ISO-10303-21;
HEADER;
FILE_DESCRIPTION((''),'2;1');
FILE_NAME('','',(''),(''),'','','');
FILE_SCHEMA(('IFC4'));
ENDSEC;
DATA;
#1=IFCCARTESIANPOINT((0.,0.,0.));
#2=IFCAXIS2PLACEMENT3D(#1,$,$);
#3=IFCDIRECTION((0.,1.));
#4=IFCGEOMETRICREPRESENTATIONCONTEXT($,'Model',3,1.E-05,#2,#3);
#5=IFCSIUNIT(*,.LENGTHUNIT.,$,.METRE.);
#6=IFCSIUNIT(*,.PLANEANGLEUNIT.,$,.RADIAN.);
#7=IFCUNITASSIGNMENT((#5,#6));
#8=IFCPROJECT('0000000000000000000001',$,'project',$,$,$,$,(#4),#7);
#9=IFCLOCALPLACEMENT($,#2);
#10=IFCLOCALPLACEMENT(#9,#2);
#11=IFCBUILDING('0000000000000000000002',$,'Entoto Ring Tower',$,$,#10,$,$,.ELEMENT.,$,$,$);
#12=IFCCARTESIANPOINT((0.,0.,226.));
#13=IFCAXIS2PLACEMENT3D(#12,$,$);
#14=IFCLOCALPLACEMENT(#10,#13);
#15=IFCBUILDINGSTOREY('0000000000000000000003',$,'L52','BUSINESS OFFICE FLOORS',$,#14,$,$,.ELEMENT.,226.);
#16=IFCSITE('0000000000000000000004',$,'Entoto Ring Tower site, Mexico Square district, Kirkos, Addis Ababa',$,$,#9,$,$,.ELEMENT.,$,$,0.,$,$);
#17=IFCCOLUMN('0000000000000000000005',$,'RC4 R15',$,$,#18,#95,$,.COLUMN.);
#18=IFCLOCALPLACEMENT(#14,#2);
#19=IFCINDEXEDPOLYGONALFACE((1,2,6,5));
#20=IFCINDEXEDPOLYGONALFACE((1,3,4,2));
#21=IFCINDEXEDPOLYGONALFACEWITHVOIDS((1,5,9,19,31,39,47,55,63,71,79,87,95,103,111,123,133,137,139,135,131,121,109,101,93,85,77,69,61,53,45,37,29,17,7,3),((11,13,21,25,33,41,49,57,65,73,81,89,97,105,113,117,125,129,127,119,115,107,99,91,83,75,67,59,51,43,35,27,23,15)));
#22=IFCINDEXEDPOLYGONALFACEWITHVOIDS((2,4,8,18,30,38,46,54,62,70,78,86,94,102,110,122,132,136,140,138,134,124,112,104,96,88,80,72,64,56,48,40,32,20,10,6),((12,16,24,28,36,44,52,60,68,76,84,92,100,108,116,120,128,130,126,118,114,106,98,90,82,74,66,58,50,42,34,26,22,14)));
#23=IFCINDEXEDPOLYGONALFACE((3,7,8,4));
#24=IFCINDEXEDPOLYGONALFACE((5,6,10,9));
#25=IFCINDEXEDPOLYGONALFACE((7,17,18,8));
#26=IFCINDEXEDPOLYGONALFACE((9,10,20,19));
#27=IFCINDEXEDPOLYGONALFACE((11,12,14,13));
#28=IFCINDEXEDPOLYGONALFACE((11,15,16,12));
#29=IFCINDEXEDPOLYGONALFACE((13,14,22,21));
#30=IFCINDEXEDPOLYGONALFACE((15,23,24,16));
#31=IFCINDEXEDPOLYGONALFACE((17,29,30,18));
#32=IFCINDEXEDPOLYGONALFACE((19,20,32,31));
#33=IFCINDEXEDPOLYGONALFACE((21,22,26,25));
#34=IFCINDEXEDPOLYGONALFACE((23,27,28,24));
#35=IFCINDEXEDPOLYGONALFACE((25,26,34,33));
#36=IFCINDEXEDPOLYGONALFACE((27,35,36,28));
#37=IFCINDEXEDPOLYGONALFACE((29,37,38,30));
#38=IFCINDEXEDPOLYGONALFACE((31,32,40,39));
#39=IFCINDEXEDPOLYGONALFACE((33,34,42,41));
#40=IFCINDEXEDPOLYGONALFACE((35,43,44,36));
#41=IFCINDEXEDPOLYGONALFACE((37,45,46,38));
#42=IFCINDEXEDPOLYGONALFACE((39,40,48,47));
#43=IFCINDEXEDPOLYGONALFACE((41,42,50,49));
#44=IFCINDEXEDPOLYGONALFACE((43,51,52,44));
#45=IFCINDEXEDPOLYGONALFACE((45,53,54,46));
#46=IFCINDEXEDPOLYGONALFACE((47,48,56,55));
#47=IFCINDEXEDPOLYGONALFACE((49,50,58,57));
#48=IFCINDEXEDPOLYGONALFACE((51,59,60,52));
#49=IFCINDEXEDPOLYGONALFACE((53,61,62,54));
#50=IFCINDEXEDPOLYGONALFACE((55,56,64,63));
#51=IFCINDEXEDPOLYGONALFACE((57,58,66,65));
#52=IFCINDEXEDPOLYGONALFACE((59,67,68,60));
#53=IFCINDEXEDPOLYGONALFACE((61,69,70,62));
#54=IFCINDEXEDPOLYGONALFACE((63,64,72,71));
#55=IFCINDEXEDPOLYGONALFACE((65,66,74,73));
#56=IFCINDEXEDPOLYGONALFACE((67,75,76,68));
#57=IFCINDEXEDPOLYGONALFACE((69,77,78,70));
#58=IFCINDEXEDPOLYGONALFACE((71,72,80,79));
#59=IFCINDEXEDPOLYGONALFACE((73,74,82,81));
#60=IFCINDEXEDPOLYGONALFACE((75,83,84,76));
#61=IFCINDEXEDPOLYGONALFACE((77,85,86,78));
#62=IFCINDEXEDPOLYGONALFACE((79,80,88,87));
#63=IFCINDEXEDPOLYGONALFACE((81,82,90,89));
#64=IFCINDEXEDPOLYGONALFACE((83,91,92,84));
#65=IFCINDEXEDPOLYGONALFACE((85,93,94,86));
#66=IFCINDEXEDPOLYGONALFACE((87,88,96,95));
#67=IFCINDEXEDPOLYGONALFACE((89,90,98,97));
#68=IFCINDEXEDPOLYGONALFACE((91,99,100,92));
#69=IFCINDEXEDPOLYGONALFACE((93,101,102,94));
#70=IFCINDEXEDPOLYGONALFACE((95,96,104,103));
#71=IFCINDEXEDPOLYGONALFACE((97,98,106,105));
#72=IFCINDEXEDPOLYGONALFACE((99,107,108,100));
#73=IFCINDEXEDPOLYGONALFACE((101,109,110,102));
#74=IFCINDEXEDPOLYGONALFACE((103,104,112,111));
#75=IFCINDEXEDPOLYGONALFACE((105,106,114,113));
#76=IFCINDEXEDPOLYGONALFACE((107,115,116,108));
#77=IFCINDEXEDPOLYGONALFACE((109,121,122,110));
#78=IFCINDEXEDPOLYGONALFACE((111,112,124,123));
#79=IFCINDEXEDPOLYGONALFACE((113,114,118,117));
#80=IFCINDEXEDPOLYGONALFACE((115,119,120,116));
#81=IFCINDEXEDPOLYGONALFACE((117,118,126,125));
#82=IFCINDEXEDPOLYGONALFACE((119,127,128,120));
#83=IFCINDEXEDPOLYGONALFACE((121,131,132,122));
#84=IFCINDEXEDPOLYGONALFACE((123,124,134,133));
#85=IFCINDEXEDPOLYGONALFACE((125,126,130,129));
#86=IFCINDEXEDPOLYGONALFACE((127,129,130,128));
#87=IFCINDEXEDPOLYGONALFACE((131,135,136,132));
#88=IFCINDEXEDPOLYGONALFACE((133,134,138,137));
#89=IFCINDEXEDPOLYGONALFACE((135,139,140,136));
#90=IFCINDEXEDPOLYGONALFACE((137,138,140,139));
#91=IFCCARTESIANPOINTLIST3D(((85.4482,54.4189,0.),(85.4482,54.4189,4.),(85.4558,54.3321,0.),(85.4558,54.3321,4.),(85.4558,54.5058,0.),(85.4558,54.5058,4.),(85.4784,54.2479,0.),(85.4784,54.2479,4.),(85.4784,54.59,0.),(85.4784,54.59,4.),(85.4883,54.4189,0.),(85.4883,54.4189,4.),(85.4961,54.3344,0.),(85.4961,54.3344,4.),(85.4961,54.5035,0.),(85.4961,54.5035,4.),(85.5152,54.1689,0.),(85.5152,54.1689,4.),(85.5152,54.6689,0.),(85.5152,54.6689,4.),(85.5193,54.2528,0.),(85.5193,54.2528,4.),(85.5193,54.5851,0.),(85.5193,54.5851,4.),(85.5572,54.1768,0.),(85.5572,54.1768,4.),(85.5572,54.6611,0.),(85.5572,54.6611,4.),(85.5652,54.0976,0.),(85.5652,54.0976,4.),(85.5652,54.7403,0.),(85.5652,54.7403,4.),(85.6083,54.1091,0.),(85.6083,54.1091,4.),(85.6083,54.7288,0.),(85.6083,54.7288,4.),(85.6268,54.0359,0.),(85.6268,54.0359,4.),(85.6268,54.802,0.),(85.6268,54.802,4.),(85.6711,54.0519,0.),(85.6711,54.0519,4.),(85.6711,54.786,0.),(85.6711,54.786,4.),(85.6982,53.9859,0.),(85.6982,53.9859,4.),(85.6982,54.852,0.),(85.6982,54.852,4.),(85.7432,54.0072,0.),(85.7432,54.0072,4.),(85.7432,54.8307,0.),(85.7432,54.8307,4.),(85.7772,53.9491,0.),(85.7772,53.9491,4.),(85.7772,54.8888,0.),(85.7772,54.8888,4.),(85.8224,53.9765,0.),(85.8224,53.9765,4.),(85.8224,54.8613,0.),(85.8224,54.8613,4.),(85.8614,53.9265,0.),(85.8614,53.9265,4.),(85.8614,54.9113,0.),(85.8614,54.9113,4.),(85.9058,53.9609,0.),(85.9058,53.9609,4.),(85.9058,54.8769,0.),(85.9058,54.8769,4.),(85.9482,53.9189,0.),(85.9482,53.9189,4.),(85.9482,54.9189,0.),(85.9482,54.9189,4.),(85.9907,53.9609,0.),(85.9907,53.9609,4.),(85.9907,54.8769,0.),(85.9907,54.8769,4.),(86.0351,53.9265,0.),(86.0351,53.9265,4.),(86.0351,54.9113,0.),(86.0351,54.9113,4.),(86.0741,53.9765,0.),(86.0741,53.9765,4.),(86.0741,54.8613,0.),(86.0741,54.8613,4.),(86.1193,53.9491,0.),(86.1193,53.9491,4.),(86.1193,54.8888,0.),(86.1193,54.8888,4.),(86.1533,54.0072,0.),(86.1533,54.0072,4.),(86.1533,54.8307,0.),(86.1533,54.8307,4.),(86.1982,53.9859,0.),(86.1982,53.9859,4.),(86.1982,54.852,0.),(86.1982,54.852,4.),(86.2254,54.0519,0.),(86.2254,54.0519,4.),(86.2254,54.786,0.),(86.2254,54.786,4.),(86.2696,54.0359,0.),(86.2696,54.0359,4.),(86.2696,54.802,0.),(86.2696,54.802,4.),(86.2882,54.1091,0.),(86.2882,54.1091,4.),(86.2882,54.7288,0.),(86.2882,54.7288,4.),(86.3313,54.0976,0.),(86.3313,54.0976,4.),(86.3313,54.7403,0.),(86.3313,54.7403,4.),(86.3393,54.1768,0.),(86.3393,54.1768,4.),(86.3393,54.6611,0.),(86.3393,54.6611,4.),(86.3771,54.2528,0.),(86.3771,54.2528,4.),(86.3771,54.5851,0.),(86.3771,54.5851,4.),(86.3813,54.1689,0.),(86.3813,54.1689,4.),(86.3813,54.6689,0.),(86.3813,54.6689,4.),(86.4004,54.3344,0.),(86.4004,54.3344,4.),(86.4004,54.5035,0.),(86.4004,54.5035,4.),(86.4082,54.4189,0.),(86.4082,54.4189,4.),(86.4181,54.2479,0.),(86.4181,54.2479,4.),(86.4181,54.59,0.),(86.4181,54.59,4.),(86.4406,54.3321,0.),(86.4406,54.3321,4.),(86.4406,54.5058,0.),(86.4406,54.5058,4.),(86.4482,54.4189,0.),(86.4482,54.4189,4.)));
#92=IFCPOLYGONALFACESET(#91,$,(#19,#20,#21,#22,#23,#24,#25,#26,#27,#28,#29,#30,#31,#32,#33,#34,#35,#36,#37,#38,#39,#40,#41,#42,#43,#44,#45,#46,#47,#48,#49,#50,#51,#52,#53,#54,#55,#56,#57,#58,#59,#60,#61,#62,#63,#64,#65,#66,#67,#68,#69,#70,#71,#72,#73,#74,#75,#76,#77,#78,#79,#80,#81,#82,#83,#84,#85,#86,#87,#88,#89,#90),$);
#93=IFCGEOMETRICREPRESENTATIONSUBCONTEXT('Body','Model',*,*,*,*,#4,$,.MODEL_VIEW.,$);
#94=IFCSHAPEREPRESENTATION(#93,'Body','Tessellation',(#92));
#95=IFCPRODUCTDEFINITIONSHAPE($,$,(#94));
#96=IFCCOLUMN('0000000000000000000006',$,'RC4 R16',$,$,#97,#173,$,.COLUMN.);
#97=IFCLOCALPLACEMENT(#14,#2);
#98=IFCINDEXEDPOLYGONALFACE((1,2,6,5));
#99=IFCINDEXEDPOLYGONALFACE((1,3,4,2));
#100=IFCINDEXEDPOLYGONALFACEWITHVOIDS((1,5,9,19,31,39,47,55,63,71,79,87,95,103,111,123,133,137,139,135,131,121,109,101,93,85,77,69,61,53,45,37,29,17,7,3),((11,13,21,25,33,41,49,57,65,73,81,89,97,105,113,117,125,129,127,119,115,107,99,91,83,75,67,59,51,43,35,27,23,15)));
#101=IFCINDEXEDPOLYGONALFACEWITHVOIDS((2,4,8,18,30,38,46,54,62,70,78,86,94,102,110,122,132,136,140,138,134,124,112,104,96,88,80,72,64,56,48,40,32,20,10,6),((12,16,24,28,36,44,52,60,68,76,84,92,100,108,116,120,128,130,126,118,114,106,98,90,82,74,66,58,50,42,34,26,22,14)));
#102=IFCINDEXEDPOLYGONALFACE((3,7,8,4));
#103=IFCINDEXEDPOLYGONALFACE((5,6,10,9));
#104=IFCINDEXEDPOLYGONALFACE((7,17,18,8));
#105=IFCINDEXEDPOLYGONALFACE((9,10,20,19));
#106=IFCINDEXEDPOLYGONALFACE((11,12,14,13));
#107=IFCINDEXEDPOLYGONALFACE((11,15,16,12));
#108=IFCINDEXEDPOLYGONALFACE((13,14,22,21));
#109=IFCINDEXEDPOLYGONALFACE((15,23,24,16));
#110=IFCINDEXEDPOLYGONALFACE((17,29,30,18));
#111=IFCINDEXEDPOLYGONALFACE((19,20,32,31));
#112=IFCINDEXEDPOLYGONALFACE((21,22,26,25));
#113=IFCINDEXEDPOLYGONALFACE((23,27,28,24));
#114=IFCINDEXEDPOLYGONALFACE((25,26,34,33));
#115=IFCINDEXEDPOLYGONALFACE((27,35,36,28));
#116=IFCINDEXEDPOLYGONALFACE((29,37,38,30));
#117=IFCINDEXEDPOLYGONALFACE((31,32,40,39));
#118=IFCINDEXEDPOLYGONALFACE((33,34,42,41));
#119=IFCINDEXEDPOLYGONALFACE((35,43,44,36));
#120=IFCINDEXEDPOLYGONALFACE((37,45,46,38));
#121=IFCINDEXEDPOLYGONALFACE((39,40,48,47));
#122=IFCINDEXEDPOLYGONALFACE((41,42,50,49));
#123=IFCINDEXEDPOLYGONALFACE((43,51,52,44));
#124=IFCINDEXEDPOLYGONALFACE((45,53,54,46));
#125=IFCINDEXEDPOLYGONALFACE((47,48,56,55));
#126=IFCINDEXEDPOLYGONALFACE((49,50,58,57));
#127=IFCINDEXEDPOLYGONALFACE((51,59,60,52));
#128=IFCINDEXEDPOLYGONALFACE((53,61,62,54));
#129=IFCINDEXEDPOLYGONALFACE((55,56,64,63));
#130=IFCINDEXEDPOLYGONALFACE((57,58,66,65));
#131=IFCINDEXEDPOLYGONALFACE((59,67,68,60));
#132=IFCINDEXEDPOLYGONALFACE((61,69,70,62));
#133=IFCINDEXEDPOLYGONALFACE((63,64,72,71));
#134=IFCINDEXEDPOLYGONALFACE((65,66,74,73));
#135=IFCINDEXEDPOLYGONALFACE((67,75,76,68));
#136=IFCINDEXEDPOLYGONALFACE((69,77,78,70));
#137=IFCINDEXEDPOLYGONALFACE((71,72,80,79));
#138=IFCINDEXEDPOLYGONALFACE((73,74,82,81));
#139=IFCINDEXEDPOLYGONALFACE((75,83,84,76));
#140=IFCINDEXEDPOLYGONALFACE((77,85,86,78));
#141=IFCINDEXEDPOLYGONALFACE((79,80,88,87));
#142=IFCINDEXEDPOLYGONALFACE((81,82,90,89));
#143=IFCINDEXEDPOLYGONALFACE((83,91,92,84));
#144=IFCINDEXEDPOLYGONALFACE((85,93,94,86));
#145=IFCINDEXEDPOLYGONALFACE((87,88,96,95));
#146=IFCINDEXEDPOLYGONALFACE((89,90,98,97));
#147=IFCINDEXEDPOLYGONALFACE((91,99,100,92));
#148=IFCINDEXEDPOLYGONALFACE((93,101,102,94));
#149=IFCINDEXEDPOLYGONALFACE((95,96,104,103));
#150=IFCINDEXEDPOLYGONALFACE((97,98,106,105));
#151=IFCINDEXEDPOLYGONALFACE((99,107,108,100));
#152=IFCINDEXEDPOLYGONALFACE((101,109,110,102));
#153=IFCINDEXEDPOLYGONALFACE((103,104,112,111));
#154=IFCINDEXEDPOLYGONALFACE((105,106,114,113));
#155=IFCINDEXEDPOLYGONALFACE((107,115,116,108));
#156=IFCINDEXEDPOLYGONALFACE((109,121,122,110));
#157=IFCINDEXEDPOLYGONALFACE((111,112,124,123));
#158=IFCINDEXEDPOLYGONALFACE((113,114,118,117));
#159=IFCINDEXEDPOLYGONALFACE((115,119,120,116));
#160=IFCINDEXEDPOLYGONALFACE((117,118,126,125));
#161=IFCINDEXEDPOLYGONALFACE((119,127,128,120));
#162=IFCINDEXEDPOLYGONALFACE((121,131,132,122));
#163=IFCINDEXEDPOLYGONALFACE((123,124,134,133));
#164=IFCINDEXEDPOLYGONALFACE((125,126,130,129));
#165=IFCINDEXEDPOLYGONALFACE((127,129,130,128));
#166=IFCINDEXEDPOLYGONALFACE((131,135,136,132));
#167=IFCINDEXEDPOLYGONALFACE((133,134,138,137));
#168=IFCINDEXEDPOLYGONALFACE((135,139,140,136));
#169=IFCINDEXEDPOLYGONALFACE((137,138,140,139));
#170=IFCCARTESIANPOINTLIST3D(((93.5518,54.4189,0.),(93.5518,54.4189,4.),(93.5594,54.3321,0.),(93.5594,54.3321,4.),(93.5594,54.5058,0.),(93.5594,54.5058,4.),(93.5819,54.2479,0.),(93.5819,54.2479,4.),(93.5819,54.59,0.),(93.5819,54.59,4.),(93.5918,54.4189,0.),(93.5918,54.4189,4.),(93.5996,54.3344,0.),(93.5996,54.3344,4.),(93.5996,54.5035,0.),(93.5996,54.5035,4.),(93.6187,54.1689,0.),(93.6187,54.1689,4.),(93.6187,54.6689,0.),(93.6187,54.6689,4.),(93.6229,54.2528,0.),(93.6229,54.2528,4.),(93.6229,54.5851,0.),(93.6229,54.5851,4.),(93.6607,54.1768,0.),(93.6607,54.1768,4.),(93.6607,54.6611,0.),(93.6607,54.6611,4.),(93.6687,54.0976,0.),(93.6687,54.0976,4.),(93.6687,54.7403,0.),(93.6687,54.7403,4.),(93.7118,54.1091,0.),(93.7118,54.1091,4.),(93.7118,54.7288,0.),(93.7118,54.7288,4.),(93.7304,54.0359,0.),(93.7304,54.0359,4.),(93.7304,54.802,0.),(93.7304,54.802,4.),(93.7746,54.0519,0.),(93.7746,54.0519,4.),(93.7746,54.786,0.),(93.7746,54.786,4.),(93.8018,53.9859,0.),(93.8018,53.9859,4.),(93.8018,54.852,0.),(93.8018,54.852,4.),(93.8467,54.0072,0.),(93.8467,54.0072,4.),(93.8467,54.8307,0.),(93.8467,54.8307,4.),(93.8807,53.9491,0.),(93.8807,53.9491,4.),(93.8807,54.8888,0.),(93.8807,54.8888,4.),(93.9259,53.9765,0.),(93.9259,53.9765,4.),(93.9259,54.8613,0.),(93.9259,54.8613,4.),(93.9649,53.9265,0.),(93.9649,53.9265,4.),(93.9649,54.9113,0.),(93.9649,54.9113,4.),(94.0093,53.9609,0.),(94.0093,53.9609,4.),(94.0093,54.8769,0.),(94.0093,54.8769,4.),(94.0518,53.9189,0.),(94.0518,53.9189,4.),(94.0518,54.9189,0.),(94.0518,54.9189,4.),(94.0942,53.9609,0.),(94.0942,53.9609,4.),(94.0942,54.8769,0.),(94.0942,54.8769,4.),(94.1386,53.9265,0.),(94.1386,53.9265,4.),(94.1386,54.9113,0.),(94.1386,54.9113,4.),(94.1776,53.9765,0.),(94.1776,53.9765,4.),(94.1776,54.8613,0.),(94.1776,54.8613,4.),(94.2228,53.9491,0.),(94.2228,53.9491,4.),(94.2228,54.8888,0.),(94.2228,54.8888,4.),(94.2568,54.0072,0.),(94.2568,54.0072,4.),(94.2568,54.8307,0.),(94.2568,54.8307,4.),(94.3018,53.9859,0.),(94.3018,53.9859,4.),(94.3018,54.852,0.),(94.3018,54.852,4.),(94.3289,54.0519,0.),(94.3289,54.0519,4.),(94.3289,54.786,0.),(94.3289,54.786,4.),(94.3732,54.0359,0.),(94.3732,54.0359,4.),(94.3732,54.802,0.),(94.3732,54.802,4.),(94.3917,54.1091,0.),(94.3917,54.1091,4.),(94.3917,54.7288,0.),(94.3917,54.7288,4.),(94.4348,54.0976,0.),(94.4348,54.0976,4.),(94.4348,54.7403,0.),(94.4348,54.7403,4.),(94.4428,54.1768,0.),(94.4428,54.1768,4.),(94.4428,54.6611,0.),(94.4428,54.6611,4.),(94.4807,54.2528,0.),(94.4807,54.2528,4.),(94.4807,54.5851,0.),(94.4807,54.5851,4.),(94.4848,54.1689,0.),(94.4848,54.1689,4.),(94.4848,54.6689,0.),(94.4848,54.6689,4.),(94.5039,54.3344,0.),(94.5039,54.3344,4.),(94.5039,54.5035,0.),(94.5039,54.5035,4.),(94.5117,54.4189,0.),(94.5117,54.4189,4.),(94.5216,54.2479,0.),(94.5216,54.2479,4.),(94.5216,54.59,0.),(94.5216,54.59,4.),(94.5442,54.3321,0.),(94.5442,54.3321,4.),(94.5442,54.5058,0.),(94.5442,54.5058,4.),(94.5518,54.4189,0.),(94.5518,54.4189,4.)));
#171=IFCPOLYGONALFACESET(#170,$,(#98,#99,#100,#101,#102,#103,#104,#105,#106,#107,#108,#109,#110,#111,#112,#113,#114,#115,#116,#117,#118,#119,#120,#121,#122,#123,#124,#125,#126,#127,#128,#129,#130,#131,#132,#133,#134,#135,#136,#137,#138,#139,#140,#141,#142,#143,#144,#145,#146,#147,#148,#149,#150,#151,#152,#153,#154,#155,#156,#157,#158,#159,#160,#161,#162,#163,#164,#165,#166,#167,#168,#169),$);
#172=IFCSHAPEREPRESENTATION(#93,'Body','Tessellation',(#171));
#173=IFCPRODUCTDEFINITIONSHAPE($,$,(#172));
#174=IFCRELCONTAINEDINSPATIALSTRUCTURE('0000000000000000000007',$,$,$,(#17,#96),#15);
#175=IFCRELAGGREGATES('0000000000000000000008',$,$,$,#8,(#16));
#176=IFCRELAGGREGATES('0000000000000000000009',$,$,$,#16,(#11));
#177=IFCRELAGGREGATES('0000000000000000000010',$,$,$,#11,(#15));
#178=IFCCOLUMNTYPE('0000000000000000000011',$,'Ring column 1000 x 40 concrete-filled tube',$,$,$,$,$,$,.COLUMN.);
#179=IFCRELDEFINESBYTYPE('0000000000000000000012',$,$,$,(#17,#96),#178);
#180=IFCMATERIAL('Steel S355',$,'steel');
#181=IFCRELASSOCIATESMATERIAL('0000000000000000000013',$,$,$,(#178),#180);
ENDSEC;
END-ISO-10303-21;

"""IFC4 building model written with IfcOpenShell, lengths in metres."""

from ifc_helpers import new_model, si_unit, direction, frame, origin, origin_2d, place, context, subcontext, project, spatial, circle, hollow_circle, extrude, material, material_profile, profile_set, type_object, element, save


model = new_model("IFC4")

# Units and contexts
model_context = context("Model", 3, precision=1e-05, world=origin(), true_north=direction((0.0, 1.0)))
body_context = subcontext(model_context, "Body", "Model", "MODEL_VIEW")
ifc_project = project(units=[si_unit("LENGTHUNIT", "METRE"), si_unit("PLANEANGLEUNIT", "RADIAN")], contexts=[model_context])

# Site, building, storey
site_placement = place(None, origin())
site = spatial("IfcSite", under=ifc_project, at=site_placement, Name="Entoto Ring Tower site, Mexico Square district, Kirkos, Addis Ababa", CompositionType="ELEMENT", RefElevation=0.0)
building_placement = place(site_placement, origin())
building = spatial("IfcBuilding", under=site, at=building_placement, Name="Entoto Ring Tower", CompositionType="ELEMENT")
storey_placement = place(building_placement, frame((0.0, 0.0, 226.0)))
storey = spatial("IfcBuildingStorey", under=building, at=storey_placement, Name="L52", Description="BUSINESS OFFICE FLOORS", CompositionType="ELEMENT", Elevation=226.0)

# Columns
ifc_material_1 = material(Name="Steel S355", Category="steel")
ifc_material_profile_1 = material_profile(ifc_material_1, hollow_circle(Radius=0.5, WallThickness=0.04, at=origin_2d()), Name="CHS 1000 x 40")
ifc_material_2 = material(Name="Concrete C60/75", Category="concrete")
ifc_material_profile_2 = material_profile(ifc_material_2, circle(Radius=0.46, at=origin_2d()), Name="Concrete C60/75 infill")
ifc_profile_set_1 = profile_set([ifc_material_profile_1, ifc_material_profile_2], Name="Steel S355")
column_type = type_object("IfcColumnType", Name="Ring column 1000 x 40 concrete-filled tube", PredefinedType="COLUMN", material=ifc_profile_set_1)
for number, where, z_axis, x_axis, name in (
    (1, (85.9482, 54.4189, 0.0), (0.0, 0.0, 1.0), (1.0, 0.0, 0.0), "RC4 R15"),
    (2, (94.0518, 54.4189, 0.0), (0.0, 0.0, 1.0), (1.0, 0.0, 0.0), "RC4 R16"),
):
    element("IfcColumn", number, at=place(storey_placement, frame(where, z_axis=z_axis, x_axis=x_axis)), inside=storey, type_object=column_type, Name=name, PredefinedType="COLUMN", context=body_context, shape_type="SweptSolid", body=[
        extrude(hollow_circle(Radius=0.5, WallThickness=0.04, at=origin_2d()), origin(), (0.0, 0.0, 1.0), 4.0),
    ])

save(model, "model.ifc")
